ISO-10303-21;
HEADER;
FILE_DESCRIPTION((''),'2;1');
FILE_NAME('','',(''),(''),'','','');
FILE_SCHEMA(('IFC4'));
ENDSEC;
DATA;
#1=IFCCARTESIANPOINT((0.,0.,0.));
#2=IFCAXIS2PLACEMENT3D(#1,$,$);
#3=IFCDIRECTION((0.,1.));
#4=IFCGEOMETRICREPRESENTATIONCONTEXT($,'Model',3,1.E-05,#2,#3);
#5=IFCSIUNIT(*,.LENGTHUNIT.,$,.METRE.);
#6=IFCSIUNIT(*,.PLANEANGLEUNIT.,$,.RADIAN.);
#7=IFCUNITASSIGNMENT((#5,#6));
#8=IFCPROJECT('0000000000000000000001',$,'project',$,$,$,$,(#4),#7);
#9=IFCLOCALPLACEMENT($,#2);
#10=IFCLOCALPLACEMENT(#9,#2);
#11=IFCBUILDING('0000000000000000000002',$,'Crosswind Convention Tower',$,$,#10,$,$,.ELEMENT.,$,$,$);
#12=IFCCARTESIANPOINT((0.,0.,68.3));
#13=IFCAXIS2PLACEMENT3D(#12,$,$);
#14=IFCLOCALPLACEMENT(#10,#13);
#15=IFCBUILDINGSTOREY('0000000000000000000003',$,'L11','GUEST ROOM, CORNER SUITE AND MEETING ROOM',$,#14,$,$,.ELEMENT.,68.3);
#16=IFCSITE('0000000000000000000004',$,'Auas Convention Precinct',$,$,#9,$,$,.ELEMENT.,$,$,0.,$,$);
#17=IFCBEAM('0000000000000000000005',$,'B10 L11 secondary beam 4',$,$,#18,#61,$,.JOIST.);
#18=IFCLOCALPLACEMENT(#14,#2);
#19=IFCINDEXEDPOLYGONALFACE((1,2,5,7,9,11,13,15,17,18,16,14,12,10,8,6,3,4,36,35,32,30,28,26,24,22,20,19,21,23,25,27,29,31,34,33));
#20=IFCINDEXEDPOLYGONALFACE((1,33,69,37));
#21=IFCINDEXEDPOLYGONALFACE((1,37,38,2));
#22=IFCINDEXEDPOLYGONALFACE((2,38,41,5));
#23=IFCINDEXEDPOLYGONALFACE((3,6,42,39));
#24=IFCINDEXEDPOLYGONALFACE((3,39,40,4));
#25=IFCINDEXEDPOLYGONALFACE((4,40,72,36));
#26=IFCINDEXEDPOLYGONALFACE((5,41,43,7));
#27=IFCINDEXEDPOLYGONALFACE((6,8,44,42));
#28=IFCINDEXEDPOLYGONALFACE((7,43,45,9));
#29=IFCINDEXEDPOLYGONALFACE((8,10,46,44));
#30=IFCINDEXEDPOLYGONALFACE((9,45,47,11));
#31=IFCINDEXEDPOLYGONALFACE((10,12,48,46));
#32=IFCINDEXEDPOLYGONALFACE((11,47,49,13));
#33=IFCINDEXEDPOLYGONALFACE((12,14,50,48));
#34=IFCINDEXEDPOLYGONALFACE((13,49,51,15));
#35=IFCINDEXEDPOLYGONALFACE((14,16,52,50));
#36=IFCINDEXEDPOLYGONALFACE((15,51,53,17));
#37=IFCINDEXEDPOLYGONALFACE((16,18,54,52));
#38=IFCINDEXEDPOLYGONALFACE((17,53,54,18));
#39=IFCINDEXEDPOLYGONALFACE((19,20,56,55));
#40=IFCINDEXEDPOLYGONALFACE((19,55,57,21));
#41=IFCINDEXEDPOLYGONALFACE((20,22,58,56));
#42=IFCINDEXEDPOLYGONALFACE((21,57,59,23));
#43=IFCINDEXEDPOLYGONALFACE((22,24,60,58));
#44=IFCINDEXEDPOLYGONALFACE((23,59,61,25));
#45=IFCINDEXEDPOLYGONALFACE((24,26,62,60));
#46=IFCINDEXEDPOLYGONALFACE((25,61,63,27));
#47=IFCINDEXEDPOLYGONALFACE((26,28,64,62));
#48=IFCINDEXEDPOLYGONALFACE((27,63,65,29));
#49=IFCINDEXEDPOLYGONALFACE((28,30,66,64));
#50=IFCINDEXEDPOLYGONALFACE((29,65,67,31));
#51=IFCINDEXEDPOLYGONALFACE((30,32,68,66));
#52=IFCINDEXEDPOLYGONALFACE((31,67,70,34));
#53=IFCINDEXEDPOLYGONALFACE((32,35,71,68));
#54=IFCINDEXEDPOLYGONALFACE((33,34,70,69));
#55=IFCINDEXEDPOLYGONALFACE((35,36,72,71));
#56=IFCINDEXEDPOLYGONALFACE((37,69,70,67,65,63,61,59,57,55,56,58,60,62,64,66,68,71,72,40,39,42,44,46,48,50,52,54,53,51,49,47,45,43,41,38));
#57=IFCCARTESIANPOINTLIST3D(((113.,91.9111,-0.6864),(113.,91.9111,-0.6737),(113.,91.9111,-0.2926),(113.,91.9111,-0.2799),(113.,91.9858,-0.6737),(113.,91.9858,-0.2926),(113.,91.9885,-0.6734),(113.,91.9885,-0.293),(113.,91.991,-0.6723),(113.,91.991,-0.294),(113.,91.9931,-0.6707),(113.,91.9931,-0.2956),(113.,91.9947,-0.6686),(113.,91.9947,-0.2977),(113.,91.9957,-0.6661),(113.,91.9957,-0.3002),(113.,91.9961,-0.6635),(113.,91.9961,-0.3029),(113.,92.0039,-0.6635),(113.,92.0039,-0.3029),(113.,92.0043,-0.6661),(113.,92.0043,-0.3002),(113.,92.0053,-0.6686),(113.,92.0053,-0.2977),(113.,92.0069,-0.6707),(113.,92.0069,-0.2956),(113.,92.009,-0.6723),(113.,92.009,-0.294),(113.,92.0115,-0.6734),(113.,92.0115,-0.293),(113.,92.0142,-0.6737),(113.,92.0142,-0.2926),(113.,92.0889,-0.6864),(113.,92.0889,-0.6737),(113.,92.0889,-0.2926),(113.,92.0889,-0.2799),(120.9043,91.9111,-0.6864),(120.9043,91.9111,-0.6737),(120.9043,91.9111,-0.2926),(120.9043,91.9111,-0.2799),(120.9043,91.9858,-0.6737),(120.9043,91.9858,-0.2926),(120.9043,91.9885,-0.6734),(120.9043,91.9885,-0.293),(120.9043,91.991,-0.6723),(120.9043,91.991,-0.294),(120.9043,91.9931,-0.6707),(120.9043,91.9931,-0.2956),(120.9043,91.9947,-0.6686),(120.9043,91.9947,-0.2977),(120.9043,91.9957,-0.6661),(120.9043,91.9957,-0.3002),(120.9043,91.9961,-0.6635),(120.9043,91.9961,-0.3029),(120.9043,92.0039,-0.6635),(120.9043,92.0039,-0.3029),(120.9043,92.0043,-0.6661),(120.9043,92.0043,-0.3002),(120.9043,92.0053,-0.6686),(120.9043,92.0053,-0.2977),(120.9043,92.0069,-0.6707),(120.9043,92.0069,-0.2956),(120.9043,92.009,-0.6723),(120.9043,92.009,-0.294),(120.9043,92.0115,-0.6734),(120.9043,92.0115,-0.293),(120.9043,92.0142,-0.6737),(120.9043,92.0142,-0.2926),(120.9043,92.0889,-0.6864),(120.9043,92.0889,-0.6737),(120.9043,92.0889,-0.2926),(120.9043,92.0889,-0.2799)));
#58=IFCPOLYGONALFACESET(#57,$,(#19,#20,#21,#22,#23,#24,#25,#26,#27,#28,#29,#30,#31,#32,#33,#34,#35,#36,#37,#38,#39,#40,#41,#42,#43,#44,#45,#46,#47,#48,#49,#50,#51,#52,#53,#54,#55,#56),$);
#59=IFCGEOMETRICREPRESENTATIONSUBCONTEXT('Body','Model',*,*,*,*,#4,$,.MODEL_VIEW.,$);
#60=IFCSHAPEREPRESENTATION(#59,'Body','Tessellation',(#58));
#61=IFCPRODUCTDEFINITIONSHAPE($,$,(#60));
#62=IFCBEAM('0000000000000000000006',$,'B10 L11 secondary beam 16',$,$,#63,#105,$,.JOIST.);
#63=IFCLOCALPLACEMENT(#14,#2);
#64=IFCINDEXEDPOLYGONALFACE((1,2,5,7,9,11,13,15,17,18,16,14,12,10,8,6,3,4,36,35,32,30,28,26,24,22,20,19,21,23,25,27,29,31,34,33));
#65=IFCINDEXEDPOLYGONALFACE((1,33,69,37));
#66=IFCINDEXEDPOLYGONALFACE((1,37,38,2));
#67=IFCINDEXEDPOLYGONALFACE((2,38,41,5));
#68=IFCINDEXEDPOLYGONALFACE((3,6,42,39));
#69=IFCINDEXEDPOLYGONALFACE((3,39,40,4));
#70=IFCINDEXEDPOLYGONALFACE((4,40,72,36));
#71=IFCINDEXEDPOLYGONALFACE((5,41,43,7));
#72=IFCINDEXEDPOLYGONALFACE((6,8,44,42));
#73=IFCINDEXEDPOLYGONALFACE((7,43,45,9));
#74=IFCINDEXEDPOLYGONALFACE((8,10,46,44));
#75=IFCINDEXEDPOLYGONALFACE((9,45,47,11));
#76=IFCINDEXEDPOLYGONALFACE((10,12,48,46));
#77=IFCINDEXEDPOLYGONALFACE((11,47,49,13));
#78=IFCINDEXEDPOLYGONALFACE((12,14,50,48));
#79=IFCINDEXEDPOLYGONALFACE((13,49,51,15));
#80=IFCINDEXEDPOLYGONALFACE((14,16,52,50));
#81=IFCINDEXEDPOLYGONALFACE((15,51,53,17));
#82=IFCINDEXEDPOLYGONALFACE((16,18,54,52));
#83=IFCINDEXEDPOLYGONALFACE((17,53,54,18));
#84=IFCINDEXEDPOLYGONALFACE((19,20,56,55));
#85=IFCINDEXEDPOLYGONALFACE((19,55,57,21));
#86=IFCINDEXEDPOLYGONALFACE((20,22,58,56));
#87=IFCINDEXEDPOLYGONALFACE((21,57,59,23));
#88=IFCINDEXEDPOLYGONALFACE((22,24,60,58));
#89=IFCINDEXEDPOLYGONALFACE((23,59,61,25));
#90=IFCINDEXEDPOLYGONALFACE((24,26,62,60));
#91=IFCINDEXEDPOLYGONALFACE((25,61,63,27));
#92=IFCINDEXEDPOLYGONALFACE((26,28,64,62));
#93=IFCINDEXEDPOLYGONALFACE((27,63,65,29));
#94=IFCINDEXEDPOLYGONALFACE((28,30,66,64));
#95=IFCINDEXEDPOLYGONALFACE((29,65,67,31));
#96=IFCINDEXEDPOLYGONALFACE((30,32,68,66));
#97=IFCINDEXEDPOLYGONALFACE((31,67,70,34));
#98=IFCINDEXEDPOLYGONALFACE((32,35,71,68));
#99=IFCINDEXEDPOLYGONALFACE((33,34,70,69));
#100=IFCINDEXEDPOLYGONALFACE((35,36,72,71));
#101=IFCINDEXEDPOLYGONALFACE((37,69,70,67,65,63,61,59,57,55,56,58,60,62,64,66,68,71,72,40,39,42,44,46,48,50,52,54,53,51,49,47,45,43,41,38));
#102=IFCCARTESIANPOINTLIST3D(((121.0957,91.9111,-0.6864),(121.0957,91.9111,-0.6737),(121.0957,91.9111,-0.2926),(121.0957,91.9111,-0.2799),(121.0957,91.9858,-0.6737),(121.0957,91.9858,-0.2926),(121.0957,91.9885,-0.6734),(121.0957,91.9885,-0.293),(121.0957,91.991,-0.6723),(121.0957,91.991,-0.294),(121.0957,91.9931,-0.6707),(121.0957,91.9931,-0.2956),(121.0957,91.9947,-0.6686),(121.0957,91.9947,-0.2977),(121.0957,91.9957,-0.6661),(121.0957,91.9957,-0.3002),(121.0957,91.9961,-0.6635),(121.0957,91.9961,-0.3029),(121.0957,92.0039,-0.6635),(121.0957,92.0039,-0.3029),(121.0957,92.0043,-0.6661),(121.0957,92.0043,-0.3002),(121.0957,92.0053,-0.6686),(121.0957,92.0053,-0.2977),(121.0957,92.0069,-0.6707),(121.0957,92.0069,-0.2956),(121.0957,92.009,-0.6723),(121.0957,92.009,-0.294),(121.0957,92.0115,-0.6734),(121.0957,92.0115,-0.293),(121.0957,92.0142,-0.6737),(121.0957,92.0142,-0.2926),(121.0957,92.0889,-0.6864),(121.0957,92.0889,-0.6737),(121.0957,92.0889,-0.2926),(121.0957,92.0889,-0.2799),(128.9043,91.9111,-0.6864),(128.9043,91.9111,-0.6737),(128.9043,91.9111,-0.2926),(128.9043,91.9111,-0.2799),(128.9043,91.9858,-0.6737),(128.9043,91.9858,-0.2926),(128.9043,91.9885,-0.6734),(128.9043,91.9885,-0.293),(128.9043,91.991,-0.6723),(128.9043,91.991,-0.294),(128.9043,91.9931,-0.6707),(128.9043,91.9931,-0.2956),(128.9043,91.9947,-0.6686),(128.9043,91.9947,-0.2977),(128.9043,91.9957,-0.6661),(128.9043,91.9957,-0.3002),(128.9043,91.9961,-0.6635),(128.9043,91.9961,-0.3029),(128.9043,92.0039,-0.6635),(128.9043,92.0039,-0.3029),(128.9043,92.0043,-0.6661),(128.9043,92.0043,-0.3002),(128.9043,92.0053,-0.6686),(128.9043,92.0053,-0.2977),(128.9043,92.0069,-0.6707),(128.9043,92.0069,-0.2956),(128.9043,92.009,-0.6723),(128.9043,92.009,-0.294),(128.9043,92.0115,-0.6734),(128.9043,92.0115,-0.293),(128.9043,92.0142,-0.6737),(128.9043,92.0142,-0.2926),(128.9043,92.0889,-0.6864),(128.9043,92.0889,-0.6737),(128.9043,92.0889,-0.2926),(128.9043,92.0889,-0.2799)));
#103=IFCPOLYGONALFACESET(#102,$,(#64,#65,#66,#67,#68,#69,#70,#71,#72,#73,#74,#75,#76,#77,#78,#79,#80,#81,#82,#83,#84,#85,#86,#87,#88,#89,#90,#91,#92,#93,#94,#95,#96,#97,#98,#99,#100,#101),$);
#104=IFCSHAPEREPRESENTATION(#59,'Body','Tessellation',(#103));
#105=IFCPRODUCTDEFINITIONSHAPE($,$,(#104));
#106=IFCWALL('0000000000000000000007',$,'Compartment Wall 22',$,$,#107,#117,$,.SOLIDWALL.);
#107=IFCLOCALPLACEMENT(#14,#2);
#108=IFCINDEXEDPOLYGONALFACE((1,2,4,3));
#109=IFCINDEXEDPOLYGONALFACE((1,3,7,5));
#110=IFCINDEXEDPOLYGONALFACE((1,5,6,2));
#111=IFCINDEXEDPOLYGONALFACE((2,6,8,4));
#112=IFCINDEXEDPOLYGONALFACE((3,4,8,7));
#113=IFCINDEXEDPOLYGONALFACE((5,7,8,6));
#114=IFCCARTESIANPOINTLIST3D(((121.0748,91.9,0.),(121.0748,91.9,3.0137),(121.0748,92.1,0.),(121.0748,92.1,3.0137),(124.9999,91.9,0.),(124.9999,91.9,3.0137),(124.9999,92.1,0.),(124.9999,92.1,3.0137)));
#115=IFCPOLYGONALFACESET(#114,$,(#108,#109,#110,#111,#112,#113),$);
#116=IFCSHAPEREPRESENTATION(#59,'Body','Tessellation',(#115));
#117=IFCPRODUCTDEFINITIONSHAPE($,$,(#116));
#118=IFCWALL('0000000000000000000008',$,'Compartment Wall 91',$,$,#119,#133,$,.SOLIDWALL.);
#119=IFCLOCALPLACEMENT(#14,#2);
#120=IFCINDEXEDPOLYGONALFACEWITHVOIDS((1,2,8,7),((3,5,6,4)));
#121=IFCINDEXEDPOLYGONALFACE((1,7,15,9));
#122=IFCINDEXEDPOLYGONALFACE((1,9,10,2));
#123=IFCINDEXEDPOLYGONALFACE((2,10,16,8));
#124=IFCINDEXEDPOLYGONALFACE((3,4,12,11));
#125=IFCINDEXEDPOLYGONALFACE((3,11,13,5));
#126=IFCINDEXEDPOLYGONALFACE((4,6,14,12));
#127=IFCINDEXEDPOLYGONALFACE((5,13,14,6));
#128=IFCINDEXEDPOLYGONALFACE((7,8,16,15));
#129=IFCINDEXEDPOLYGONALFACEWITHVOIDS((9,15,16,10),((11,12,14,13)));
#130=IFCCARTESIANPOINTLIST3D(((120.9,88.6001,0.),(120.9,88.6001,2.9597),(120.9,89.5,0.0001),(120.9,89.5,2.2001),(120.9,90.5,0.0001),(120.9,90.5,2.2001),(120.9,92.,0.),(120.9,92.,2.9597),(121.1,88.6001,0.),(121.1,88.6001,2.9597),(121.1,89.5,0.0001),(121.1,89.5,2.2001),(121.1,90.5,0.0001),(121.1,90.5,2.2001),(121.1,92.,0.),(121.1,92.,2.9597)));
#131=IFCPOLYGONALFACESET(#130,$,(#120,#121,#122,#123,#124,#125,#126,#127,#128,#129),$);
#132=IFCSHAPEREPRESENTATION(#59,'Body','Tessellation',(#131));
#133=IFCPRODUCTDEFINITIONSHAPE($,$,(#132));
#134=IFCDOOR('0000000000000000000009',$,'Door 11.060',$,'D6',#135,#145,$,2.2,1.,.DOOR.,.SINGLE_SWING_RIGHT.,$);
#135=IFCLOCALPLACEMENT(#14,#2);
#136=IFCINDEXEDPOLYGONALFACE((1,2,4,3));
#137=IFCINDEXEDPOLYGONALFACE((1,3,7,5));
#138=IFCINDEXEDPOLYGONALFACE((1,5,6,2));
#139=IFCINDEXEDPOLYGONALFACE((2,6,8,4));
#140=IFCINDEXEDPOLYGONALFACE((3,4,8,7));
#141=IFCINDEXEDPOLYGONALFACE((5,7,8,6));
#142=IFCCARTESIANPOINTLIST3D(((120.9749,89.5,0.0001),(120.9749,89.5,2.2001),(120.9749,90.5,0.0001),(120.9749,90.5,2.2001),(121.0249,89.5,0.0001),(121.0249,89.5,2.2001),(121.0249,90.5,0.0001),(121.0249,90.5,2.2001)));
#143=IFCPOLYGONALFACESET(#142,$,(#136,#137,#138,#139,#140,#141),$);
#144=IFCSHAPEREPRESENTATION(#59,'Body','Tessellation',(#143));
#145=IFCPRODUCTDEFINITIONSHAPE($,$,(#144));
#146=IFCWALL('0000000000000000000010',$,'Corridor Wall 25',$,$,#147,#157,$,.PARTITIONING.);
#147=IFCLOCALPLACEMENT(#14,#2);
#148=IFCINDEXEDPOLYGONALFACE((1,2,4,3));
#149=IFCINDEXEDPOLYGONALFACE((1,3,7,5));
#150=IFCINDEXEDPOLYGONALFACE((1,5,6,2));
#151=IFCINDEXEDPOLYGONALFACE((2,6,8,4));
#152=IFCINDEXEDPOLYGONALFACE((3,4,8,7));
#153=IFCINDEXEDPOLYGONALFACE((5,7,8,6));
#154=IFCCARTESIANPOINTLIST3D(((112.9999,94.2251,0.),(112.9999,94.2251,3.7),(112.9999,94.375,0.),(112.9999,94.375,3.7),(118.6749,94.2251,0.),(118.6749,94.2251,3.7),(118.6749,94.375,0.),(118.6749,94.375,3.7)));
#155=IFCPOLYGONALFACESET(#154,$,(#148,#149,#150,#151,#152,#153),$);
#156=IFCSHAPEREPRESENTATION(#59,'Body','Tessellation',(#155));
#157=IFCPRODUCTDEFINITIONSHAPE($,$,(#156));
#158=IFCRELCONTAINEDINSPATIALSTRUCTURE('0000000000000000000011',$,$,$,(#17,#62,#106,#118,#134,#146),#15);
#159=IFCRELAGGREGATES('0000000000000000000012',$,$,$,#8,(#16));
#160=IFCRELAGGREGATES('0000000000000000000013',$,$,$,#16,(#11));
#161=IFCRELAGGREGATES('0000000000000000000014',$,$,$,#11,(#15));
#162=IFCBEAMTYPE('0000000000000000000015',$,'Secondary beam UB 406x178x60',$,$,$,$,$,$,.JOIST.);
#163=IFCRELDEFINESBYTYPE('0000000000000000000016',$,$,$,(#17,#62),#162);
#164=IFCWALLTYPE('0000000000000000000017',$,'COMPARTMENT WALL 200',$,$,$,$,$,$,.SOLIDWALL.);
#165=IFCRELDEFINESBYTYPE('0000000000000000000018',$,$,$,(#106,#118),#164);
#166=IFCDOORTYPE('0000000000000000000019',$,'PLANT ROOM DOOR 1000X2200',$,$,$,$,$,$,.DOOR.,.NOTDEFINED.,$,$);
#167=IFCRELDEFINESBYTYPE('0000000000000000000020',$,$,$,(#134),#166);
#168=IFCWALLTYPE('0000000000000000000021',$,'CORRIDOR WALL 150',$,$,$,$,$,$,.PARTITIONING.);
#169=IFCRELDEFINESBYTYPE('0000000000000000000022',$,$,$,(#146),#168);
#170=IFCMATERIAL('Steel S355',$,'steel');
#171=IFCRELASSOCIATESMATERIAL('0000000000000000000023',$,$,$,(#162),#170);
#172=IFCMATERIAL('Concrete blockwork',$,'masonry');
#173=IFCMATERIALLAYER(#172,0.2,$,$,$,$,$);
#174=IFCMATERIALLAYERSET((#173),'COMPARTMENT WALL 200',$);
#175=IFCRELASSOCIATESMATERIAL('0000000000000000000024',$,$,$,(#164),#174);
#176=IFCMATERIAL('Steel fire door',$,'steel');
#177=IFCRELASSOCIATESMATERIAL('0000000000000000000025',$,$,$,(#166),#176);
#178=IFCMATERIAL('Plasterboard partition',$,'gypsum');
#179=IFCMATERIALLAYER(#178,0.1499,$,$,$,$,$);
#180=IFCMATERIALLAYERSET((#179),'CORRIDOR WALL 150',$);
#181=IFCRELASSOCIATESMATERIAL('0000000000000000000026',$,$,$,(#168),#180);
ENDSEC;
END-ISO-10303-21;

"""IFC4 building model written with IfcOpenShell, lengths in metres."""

from ifc_helpers import new_model, si_unit, direction, frame, frame_2d, origin, origin_2d, place, context, subcontext, project, spatial, rectangle, i_section, extrude, material, layer, layer_set, material_profile, profile_set, type_object, element, fill, save


model = new_model("IFC4")

# Units and contexts
model_context = context("Model", 3, precision=1e-05, world=origin(), true_north=direction((0.0, 1.0)))
body_context = subcontext(model_context, "Body", "Model", "MODEL_VIEW")
ifc_project = project(units=[si_unit("LENGTHUNIT", "METRE"), si_unit("PLANEANGLEUNIT", "RADIAN")], contexts=[model_context])

# Site, building, storey
site_placement = place(None, origin())
site = spatial("IfcSite", under=ifc_project, at=site_placement, Name="Auas Convention Precinct", CompositionType="ELEMENT", RefElevation=0.0)
building_placement = place(site_placement, origin())
building = spatial("IfcBuilding", under=site, at=building_placement, Name="Crosswind Convention Tower", CompositionType="ELEMENT")
storey_placement = place(building_placement, frame((0.0, 0.0, 68.3)))
storey = spatial("IfcBuildingStorey", under=building, at=storey_placement, Name="L11", Description="GUEST ROOM, CORNER SUITE AND MEETING ROOM", CompositionType="ELEMENT", Elevation=68.3)

# Beams
ifc_material_1 = material(Name="Steel S355", Category="steel")
ifc_material_profile_1 = material_profile(ifc_material_1, i_section(OverallWidth=0.1777, OverallDepth=0.4065, WebThickness=0.0078, FlangeThickness=0.0127, FilletRadius=0.0103, at=origin_2d()), Name="UB 406x178x60")
ifc_profile_set_1 = profile_set([ifc_material_profile_1], Name="Steel S355")
beam_type_1 = type_object("IfcBeamType", Name="Secondary beam UB 406x178x60", PredefinedType="JOIST", material=ifc_profile_set_1)
beam_1_placement = place(storey_placement, frame((113.0, 92.0, -0.4832), z_axis=(1.0, 0.0, 0.0), x_axis=(0.0, 1.0, 0.0)))
element("IfcBeam", 1, at=beam_1_placement, inside=storey, type_object=beam_type_1, Name="B10 L11 secondary beam 4", PredefinedType="JOIST", context=body_context, shape_type="SweptSolid", body=[
    extrude(i_section(OverallWidth=0.1777, OverallDepth=0.4065, WebThickness=0.0078, FlangeThickness=0.0127, FilletRadius=0.0103, at=origin_2d()), origin(), (0.0, 0.0, 1.0), 7.9043),
])
beam_2_placement = place(storey_placement, frame((121.0957, 92.0, -0.4832), z_axis=(1.0, 0.0, 0.0), x_axis=(0.0, 1.0, 0.0)))
element("IfcBeam", 2, at=beam_2_placement, inside=storey, type_object=beam_type_1, Name="B10 L11 secondary beam 16", PredefinedType="JOIST", context=body_context, shape_type="SweptSolid", body=[
    extrude(i_section(OverallWidth=0.1777, OverallDepth=0.4065, WebThickness=0.0078, FlangeThickness=0.0127, FilletRadius=0.0103, at=origin_2d()), origin(), (0.0, 0.0, 1.0), 7.8086),
])

# Wall
ifc_material_2 = material(Name="Concrete blockwork", Category="masonry")
ifc_layer_1 = layer(ifc_material_2, 0.2)
ifc_layer_set_1 = layer_set([ifc_layer_1], Name="COMPARTMENT WALL 200")
wall_type_1 = type_object("IfcWallType", Name="COMPARTMENT WALL 200", PredefinedType="SOLIDWALL", material=ifc_layer_set_1)
wall_1_placement = place(storey_placement, frame((121.075, 92.0, 0.0), z_axis=(0.0, 0.0, 1.0), x_axis=(1.0, 0.0, 0.0)))
element("IfcWall", 3, at=wall_1_placement, inside=storey, type_object=wall_type_1, Name="Compartment Wall 22", PredefinedType="SOLIDWALL", context=body_context, shape_type="SweptSolid", body=[
    extrude(rectangle(XDim=3.925, YDim=0.2, at=frame_2d((1.9624, 0.0))), origin(), (0.0, 0.0, 1.0), 3.0137),
])

# Wall, opening, door
wall_2_placement = place(storey_placement, frame((121.0, 88.6001, 0.0), z_axis=(0.0, 0.0, 1.0), x_axis=(0.0, 1.0, 0.0)))
wall_2 = element("IfcWall", 4, at=wall_2_placement, inside=storey, type_object=wall_type_1, Name="Compartment Wall 91", PredefinedType="SOLIDWALL", context=body_context, shape_type="SweptSolid", body=[
    extrude(rectangle(XDim=3.3999, YDim=0.2, at=frame_2d((1.7, 0.0))), origin(), (0.0, 0.0, 1.0), 2.9597),
])
opening_1_placement = place(wall_2_placement, frame((0.8999, 0.0, 0.0)))
opening_1 = element("IfcOpeningElement", 5, at=opening_1_placement, cuts=wall_2, PredefinedType="OPENING", context=body_context, shape_type="SweptSolid", body=[
    extrude(rectangle(XDim=1.0, YDim=2.2, at=frame_2d((0.5, 1.1001))), frame((0.0, 0.1099, 0.0), z_axis=(0.0, -1.0, 0.0), x_axis=(1.0, 0.0, 0.0)), (0.0, 0.0, 1.0), 0.22),
])
ifc_material_3 = material(Name="Steel fire door", Category="steel")
door_type_1 = type_object("IfcDoorType", Name="PLANT ROOM DOOR 1000X2200", OperationType="NOTDEFINED", PredefinedType="DOOR", material=ifc_material_3)
door_1_placement = place(opening_1_placement, frame((1.0, 0.0, 0.0), z_axis=(0.0, 0.0, 1.0), x_axis=(-1.0, 0.0, 0.0)))
door_1 = element("IfcDoor", 6, at=door_1_placement, inside=storey, type_object=door_type_1, Name="Door 11.060", ObjectType="D6", OperationType="SINGLE_SWING_RIGHT", OverallHeight=2.2, OverallWidth=1.0, PredefinedType="DOOR", context=body_context, shape_type="SweptSolid", body=[
    extrude(rectangle(XDim=1.0, YDim=2.2, at=frame_2d((0.5, 1.1001))), frame((0.0, 0.0249, 0.0), z_axis=(0.0, -1.0, 0.0), x_axis=(1.0, 0.0, 0.0)), (0.0, 0.0, 1.0), 0.05),
])
fill(opening_1, door_1)

# Wall
ifc_material_4 = material(Name="Plasterboard partition", Category="gypsum")
ifc_layer_2 = layer(ifc_material_4, 0.1499)
ifc_layer_set_2 = layer_set([ifc_layer_2], Name="CORRIDOR WALL 150")
wall_type_2 = type_object("IfcWallType", Name="CORRIDOR WALL 150", PredefinedType="PARTITIONING", material=ifc_layer_set_2)
wall_3_placement = place(storey_placement, frame((113.0, 94.3, 0.0), z_axis=(0.0, 0.0, 1.0), x_axis=(1.0, 0.0, 0.0)))
element("IfcWall", 7, at=wall_3_placement, inside=storey, type_object=wall_type_2, Name="Corridor Wall 25", PredefinedType="PARTITIONING", context=body_context, shape_type="SweptSolid", body=[
    extrude(rectangle(XDim=5.675, YDim=0.1499, at=frame_2d((2.8374, 0.0))), origin(), (0.0, 0.0, 1.0), 3.7),
])

save(model, "model.ifc")
